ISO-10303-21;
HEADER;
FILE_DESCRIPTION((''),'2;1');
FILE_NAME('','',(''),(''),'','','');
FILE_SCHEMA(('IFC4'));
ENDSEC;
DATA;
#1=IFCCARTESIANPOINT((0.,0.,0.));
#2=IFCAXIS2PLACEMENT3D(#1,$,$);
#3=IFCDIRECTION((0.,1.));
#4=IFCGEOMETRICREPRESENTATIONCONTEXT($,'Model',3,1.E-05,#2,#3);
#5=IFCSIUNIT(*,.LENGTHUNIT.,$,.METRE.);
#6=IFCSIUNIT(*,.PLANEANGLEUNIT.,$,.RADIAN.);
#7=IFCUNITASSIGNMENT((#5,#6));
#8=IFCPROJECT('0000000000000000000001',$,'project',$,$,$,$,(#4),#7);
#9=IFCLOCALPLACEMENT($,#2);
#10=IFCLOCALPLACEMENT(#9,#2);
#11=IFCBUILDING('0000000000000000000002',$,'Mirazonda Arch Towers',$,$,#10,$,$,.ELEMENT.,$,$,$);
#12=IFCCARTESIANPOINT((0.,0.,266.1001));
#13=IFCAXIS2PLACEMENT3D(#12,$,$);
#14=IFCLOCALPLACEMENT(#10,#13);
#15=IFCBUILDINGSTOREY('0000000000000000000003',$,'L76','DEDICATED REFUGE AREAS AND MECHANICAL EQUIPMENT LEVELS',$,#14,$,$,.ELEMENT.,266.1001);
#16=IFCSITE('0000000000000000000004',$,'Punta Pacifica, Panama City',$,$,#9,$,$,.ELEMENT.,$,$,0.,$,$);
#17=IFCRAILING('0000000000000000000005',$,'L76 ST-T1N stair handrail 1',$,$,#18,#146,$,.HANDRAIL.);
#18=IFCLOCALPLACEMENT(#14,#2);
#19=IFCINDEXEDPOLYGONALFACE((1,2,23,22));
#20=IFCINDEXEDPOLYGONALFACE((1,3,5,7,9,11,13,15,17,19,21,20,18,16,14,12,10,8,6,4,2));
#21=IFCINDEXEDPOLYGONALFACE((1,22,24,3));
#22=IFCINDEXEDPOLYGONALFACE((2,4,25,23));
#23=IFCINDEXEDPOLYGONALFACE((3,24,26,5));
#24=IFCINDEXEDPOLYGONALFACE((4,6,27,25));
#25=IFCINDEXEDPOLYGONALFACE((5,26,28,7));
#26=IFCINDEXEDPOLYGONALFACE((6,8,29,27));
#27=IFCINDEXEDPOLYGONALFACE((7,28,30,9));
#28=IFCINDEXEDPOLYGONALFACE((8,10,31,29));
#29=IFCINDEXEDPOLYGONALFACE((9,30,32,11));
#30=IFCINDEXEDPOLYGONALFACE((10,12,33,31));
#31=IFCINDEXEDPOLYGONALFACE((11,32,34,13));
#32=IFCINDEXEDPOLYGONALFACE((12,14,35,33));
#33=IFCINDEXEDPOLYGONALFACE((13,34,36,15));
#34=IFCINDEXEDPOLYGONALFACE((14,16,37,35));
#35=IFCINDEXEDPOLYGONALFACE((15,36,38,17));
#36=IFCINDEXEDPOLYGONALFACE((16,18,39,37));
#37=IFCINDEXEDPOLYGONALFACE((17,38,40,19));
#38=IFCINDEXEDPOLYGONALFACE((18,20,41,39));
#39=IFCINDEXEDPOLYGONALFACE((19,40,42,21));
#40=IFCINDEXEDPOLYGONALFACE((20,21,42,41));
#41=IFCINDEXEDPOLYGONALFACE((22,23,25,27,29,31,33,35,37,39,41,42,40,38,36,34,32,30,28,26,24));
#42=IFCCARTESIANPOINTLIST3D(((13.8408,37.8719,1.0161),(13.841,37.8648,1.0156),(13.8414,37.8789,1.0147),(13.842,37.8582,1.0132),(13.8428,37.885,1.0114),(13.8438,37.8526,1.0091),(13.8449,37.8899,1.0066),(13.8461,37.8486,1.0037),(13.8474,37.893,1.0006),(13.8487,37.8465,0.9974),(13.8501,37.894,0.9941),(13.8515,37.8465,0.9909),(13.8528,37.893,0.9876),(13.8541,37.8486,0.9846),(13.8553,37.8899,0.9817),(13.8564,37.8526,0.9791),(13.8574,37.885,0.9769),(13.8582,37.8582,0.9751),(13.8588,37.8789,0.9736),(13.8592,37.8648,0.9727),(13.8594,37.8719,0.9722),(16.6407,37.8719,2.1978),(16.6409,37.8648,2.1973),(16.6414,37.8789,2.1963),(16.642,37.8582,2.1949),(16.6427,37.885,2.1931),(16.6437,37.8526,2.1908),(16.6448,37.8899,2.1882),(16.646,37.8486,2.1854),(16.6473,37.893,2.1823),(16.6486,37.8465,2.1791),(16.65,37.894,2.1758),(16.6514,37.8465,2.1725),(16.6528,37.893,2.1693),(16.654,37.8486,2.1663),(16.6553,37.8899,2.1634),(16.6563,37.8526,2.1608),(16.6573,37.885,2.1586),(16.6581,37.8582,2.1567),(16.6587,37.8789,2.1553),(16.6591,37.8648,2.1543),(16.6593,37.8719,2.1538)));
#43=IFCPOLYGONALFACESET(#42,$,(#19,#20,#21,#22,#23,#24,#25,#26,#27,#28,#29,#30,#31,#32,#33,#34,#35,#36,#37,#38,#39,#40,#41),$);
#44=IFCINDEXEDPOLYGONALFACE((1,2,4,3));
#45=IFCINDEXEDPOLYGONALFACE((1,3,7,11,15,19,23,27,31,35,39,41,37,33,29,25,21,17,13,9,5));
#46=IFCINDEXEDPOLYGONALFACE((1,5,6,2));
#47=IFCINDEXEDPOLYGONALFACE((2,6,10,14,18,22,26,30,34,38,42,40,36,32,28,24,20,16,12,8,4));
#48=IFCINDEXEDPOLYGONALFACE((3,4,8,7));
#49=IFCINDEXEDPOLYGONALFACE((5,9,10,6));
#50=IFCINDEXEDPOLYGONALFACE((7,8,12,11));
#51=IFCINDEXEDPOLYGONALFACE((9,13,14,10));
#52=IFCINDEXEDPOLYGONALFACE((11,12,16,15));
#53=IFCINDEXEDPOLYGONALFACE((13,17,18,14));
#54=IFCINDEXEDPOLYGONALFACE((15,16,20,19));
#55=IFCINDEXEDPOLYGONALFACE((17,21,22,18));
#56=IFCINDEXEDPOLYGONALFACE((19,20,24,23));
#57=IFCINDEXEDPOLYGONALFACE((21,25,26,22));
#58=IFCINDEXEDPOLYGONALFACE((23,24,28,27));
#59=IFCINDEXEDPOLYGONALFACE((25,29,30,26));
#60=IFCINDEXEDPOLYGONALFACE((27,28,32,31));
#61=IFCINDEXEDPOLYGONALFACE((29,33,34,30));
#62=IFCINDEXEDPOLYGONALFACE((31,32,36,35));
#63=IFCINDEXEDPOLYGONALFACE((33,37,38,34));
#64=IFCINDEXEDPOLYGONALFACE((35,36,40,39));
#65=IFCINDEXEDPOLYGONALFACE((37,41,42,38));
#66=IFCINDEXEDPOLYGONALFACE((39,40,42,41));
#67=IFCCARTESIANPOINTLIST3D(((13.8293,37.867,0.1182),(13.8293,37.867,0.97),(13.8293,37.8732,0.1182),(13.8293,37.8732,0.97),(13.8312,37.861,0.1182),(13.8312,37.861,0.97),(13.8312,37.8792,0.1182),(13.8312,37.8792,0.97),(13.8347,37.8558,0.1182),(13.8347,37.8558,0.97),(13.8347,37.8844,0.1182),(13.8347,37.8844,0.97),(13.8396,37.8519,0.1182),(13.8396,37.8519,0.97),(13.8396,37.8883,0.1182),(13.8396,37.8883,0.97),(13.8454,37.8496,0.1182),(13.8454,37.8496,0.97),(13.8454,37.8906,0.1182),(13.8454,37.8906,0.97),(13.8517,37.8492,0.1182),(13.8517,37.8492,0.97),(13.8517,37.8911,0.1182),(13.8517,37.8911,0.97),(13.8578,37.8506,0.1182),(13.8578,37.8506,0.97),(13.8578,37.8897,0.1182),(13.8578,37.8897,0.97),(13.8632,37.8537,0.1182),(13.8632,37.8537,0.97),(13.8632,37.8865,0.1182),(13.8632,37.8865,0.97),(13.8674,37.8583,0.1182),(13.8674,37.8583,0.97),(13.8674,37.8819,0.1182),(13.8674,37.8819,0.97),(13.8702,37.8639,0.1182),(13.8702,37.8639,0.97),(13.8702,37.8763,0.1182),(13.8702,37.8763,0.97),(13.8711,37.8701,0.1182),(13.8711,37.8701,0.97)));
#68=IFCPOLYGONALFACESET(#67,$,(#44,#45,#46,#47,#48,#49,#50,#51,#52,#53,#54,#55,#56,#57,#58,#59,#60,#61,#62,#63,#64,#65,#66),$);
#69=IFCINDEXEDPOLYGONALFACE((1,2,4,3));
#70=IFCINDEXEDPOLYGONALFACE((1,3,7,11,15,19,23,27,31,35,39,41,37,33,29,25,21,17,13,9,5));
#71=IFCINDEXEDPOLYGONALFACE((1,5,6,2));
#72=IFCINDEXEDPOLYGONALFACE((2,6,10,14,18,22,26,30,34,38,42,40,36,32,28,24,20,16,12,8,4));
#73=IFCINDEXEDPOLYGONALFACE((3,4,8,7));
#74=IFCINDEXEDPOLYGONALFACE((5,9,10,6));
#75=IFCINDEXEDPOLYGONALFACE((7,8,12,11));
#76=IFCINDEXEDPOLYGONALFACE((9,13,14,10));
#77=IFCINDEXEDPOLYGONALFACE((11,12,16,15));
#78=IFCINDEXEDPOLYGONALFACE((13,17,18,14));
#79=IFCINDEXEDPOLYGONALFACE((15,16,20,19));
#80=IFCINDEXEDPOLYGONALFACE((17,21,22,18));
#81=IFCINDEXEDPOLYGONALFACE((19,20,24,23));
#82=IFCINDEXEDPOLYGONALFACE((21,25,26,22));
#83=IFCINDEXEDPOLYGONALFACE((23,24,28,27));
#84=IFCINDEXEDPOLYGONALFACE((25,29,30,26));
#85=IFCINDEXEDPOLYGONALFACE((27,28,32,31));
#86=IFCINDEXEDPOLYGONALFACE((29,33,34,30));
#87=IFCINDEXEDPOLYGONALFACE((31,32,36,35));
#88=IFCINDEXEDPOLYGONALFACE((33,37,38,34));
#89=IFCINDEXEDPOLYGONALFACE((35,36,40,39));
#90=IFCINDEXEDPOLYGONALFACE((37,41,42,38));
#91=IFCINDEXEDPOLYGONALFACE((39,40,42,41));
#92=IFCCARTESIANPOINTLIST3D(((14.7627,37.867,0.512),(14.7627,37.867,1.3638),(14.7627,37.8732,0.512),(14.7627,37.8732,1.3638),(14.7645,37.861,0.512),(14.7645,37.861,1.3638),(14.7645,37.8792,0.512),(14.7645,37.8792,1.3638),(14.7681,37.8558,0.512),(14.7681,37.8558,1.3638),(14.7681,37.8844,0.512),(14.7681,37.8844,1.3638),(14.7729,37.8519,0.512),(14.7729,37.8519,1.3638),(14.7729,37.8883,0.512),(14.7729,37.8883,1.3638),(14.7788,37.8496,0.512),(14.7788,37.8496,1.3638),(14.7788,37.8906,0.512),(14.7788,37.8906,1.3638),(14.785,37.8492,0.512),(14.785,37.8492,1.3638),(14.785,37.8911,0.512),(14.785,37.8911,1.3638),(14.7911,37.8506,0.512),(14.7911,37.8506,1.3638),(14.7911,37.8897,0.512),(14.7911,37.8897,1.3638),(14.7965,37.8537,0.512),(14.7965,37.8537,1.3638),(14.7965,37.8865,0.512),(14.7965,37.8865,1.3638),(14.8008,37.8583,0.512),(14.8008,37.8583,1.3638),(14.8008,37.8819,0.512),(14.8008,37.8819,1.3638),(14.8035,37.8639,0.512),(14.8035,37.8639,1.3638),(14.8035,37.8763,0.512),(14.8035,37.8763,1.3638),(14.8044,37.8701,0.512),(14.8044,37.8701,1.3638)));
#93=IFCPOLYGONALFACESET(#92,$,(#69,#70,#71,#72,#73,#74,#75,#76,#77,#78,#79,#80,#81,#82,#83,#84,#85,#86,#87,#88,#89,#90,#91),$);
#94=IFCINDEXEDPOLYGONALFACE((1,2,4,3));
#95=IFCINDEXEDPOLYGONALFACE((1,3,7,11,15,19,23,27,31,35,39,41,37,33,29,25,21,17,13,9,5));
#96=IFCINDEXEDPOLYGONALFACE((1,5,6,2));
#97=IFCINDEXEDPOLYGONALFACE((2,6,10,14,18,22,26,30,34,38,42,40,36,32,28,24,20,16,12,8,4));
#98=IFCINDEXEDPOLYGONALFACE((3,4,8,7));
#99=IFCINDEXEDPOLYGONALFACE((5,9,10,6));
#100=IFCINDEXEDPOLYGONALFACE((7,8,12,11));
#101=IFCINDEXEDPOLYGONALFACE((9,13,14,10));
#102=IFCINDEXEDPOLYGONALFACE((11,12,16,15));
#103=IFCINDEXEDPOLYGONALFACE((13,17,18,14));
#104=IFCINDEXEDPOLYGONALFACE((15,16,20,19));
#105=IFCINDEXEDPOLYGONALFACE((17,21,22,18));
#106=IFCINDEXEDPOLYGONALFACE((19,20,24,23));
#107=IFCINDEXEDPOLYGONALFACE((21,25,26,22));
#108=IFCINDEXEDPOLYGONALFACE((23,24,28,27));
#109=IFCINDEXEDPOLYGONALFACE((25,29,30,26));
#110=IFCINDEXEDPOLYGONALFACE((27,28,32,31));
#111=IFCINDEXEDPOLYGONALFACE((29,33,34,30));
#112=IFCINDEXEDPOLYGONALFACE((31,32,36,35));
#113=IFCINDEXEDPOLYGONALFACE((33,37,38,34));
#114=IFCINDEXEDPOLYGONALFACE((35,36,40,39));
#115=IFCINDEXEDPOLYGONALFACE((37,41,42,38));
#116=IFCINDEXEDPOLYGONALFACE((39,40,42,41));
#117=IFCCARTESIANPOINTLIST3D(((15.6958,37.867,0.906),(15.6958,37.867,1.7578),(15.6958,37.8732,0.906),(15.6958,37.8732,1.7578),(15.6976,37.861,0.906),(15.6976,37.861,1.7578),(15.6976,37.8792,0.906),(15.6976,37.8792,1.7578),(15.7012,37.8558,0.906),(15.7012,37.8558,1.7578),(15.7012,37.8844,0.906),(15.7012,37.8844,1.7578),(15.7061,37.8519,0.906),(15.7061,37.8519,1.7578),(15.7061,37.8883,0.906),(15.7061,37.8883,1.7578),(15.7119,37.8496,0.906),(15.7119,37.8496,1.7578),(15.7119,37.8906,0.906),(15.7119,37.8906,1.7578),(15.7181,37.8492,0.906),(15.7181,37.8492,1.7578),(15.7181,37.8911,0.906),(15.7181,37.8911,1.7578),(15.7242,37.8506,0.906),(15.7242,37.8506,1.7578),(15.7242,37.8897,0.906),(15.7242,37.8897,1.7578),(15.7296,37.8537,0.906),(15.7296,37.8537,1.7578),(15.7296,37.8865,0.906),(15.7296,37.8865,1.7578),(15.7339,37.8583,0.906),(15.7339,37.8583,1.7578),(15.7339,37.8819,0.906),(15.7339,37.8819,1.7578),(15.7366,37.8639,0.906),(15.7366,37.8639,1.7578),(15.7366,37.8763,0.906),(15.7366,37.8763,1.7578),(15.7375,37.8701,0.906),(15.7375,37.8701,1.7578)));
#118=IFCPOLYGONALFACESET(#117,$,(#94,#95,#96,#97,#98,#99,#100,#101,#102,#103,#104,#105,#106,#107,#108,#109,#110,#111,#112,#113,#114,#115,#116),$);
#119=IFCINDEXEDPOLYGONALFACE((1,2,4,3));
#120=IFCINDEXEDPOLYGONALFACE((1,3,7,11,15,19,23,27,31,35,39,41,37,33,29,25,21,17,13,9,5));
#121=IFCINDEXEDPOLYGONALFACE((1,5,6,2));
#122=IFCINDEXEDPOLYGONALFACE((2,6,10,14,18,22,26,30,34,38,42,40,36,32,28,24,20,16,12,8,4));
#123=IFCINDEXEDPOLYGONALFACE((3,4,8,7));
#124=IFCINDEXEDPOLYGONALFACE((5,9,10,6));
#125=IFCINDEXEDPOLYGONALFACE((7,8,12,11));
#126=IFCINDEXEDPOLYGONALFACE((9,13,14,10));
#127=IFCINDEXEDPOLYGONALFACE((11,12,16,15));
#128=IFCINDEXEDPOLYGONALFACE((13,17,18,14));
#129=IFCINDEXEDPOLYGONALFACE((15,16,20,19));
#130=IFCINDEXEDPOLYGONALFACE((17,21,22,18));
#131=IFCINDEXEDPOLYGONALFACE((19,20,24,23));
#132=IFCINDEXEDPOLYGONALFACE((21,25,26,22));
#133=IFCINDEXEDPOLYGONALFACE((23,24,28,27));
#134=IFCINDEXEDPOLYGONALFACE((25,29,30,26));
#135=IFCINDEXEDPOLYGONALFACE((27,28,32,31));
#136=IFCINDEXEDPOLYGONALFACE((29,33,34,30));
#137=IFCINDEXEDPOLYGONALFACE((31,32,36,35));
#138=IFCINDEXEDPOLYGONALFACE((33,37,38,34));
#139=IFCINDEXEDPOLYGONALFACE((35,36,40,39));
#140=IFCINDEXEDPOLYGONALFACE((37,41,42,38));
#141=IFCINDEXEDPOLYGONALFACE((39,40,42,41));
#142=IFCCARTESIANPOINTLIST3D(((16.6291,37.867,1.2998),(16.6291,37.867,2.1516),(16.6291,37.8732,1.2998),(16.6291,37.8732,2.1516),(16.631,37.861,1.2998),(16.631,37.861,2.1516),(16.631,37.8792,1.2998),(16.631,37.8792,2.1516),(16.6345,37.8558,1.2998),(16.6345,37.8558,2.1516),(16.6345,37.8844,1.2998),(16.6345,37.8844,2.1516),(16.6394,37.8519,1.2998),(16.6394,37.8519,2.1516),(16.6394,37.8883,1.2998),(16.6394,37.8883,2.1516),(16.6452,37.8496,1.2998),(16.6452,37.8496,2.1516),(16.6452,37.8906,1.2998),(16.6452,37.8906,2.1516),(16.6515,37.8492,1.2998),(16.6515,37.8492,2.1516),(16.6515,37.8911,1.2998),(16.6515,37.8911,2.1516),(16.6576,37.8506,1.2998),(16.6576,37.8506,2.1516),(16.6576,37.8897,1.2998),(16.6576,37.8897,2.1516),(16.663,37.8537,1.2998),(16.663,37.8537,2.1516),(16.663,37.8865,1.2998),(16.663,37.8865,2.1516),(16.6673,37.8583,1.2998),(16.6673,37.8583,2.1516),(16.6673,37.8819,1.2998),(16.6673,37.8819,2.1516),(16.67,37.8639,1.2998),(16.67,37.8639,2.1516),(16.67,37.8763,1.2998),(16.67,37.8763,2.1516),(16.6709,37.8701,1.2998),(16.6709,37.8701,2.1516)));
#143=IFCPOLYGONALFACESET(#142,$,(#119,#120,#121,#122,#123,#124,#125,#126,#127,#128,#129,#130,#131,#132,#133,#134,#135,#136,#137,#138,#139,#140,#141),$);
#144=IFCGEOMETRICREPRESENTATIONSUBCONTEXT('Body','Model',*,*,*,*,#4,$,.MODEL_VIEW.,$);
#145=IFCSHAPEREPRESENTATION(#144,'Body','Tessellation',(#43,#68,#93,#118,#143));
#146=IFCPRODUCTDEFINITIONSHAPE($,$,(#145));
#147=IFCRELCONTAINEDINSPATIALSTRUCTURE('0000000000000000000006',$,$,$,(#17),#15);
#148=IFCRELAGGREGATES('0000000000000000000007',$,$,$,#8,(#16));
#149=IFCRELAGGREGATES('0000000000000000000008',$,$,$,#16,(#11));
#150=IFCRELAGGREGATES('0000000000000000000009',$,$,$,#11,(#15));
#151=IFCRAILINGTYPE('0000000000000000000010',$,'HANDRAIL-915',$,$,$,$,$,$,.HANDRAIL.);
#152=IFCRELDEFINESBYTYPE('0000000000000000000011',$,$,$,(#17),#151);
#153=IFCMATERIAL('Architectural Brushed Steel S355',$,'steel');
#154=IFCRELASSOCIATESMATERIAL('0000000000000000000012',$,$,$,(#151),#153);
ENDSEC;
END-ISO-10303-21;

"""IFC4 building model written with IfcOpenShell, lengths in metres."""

from ifc_helpers import new_model, si_unit, direction, frame, origin, origin_2d, place, context, subcontext, project, spatial, circle, extrude, material, type_object, element, save


model = new_model("IFC4")

# Units and contexts
model_context = context("Model", 3, precision=1e-05, world=origin(), true_north=direction((0.0, 1.0)))
body_context = subcontext(model_context, "Body", "Model", "MODEL_VIEW")
ifc_project = project(units=[si_unit("LENGTHUNIT", "METRE"), si_unit("PLANEANGLEUNIT", "RADIAN")], contexts=[model_context])

# Site, building, storey
site_placement = place(None, origin())
site = spatial("IfcSite", under=ifc_project, at=site_placement, Name="Punta Pacifica, Panama City", CompositionType="ELEMENT", RefElevation=0.0)
building_placement = place(site_placement, origin())
building = spatial("IfcBuilding", under=site, at=building_placement, Name="Mirazonda Arch Towers", CompositionType="ELEMENT")
storey_placement = place(building_placement, frame((0.0, 0.0, 266.1001)))
storey = spatial("IfcBuildingStorey", under=building, at=storey_placement, Name="L76", Description="DEDICATED REFUGE AREAS AND MECHANICAL EQUIPMENT LEVELS", CompositionType="ELEMENT", Elevation=266.1001)

# Railing
ifc_material_1 = material(Name="Architectural Brushed Steel S355", Category="steel")
railing_type_1 = type_object("IfcRailingType", Name="HANDRAIL-915", PredefinedType="HANDRAIL", material=ifc_material_1)
railing_1_placement = place(storey_placement, frame((13.8501, 37.8701, 0.1182)))
element("IfcRailing", 1, at=railing_1_placement, inside=storey, type_object=railing_type_1, Name="L76 ST-T1N stair handrail 1", PredefinedType="HANDRAIL", context=body_context, shape_type="SweptSolid", body=[
    extrude(circle(Radius=0.0239, at=origin_2d()), frame((0.0, 0.0, 0.876), z_axis=(0.921308, 0.0, 0.388833), x_axis=(0.0, 1.0, 0.0)), (0.0, 0.0, 1.0), 3.0391),
    extrude(circle(Radius=0.021, at=origin_2d()), origin(), (0.0, 0.0, 1.0), 0.8518),
    extrude(circle(Radius=0.021, at=origin_2d()), frame((0.9333, 0.0, 0.3938)), (0.0, 0.0, 1.0), 0.8518),
    extrude(circle(Radius=0.021, at=origin_2d()), frame((1.8665, 0.0, 0.7878)), (0.0, 0.0, 1.0), 0.8518),
    extrude(circle(Radius=0.021, at=origin_2d()), frame((2.7998, 0.0, 1.1816)), (0.0, 0.0, 1.0), 0.8518),
])

save(model, "model.ifc")
